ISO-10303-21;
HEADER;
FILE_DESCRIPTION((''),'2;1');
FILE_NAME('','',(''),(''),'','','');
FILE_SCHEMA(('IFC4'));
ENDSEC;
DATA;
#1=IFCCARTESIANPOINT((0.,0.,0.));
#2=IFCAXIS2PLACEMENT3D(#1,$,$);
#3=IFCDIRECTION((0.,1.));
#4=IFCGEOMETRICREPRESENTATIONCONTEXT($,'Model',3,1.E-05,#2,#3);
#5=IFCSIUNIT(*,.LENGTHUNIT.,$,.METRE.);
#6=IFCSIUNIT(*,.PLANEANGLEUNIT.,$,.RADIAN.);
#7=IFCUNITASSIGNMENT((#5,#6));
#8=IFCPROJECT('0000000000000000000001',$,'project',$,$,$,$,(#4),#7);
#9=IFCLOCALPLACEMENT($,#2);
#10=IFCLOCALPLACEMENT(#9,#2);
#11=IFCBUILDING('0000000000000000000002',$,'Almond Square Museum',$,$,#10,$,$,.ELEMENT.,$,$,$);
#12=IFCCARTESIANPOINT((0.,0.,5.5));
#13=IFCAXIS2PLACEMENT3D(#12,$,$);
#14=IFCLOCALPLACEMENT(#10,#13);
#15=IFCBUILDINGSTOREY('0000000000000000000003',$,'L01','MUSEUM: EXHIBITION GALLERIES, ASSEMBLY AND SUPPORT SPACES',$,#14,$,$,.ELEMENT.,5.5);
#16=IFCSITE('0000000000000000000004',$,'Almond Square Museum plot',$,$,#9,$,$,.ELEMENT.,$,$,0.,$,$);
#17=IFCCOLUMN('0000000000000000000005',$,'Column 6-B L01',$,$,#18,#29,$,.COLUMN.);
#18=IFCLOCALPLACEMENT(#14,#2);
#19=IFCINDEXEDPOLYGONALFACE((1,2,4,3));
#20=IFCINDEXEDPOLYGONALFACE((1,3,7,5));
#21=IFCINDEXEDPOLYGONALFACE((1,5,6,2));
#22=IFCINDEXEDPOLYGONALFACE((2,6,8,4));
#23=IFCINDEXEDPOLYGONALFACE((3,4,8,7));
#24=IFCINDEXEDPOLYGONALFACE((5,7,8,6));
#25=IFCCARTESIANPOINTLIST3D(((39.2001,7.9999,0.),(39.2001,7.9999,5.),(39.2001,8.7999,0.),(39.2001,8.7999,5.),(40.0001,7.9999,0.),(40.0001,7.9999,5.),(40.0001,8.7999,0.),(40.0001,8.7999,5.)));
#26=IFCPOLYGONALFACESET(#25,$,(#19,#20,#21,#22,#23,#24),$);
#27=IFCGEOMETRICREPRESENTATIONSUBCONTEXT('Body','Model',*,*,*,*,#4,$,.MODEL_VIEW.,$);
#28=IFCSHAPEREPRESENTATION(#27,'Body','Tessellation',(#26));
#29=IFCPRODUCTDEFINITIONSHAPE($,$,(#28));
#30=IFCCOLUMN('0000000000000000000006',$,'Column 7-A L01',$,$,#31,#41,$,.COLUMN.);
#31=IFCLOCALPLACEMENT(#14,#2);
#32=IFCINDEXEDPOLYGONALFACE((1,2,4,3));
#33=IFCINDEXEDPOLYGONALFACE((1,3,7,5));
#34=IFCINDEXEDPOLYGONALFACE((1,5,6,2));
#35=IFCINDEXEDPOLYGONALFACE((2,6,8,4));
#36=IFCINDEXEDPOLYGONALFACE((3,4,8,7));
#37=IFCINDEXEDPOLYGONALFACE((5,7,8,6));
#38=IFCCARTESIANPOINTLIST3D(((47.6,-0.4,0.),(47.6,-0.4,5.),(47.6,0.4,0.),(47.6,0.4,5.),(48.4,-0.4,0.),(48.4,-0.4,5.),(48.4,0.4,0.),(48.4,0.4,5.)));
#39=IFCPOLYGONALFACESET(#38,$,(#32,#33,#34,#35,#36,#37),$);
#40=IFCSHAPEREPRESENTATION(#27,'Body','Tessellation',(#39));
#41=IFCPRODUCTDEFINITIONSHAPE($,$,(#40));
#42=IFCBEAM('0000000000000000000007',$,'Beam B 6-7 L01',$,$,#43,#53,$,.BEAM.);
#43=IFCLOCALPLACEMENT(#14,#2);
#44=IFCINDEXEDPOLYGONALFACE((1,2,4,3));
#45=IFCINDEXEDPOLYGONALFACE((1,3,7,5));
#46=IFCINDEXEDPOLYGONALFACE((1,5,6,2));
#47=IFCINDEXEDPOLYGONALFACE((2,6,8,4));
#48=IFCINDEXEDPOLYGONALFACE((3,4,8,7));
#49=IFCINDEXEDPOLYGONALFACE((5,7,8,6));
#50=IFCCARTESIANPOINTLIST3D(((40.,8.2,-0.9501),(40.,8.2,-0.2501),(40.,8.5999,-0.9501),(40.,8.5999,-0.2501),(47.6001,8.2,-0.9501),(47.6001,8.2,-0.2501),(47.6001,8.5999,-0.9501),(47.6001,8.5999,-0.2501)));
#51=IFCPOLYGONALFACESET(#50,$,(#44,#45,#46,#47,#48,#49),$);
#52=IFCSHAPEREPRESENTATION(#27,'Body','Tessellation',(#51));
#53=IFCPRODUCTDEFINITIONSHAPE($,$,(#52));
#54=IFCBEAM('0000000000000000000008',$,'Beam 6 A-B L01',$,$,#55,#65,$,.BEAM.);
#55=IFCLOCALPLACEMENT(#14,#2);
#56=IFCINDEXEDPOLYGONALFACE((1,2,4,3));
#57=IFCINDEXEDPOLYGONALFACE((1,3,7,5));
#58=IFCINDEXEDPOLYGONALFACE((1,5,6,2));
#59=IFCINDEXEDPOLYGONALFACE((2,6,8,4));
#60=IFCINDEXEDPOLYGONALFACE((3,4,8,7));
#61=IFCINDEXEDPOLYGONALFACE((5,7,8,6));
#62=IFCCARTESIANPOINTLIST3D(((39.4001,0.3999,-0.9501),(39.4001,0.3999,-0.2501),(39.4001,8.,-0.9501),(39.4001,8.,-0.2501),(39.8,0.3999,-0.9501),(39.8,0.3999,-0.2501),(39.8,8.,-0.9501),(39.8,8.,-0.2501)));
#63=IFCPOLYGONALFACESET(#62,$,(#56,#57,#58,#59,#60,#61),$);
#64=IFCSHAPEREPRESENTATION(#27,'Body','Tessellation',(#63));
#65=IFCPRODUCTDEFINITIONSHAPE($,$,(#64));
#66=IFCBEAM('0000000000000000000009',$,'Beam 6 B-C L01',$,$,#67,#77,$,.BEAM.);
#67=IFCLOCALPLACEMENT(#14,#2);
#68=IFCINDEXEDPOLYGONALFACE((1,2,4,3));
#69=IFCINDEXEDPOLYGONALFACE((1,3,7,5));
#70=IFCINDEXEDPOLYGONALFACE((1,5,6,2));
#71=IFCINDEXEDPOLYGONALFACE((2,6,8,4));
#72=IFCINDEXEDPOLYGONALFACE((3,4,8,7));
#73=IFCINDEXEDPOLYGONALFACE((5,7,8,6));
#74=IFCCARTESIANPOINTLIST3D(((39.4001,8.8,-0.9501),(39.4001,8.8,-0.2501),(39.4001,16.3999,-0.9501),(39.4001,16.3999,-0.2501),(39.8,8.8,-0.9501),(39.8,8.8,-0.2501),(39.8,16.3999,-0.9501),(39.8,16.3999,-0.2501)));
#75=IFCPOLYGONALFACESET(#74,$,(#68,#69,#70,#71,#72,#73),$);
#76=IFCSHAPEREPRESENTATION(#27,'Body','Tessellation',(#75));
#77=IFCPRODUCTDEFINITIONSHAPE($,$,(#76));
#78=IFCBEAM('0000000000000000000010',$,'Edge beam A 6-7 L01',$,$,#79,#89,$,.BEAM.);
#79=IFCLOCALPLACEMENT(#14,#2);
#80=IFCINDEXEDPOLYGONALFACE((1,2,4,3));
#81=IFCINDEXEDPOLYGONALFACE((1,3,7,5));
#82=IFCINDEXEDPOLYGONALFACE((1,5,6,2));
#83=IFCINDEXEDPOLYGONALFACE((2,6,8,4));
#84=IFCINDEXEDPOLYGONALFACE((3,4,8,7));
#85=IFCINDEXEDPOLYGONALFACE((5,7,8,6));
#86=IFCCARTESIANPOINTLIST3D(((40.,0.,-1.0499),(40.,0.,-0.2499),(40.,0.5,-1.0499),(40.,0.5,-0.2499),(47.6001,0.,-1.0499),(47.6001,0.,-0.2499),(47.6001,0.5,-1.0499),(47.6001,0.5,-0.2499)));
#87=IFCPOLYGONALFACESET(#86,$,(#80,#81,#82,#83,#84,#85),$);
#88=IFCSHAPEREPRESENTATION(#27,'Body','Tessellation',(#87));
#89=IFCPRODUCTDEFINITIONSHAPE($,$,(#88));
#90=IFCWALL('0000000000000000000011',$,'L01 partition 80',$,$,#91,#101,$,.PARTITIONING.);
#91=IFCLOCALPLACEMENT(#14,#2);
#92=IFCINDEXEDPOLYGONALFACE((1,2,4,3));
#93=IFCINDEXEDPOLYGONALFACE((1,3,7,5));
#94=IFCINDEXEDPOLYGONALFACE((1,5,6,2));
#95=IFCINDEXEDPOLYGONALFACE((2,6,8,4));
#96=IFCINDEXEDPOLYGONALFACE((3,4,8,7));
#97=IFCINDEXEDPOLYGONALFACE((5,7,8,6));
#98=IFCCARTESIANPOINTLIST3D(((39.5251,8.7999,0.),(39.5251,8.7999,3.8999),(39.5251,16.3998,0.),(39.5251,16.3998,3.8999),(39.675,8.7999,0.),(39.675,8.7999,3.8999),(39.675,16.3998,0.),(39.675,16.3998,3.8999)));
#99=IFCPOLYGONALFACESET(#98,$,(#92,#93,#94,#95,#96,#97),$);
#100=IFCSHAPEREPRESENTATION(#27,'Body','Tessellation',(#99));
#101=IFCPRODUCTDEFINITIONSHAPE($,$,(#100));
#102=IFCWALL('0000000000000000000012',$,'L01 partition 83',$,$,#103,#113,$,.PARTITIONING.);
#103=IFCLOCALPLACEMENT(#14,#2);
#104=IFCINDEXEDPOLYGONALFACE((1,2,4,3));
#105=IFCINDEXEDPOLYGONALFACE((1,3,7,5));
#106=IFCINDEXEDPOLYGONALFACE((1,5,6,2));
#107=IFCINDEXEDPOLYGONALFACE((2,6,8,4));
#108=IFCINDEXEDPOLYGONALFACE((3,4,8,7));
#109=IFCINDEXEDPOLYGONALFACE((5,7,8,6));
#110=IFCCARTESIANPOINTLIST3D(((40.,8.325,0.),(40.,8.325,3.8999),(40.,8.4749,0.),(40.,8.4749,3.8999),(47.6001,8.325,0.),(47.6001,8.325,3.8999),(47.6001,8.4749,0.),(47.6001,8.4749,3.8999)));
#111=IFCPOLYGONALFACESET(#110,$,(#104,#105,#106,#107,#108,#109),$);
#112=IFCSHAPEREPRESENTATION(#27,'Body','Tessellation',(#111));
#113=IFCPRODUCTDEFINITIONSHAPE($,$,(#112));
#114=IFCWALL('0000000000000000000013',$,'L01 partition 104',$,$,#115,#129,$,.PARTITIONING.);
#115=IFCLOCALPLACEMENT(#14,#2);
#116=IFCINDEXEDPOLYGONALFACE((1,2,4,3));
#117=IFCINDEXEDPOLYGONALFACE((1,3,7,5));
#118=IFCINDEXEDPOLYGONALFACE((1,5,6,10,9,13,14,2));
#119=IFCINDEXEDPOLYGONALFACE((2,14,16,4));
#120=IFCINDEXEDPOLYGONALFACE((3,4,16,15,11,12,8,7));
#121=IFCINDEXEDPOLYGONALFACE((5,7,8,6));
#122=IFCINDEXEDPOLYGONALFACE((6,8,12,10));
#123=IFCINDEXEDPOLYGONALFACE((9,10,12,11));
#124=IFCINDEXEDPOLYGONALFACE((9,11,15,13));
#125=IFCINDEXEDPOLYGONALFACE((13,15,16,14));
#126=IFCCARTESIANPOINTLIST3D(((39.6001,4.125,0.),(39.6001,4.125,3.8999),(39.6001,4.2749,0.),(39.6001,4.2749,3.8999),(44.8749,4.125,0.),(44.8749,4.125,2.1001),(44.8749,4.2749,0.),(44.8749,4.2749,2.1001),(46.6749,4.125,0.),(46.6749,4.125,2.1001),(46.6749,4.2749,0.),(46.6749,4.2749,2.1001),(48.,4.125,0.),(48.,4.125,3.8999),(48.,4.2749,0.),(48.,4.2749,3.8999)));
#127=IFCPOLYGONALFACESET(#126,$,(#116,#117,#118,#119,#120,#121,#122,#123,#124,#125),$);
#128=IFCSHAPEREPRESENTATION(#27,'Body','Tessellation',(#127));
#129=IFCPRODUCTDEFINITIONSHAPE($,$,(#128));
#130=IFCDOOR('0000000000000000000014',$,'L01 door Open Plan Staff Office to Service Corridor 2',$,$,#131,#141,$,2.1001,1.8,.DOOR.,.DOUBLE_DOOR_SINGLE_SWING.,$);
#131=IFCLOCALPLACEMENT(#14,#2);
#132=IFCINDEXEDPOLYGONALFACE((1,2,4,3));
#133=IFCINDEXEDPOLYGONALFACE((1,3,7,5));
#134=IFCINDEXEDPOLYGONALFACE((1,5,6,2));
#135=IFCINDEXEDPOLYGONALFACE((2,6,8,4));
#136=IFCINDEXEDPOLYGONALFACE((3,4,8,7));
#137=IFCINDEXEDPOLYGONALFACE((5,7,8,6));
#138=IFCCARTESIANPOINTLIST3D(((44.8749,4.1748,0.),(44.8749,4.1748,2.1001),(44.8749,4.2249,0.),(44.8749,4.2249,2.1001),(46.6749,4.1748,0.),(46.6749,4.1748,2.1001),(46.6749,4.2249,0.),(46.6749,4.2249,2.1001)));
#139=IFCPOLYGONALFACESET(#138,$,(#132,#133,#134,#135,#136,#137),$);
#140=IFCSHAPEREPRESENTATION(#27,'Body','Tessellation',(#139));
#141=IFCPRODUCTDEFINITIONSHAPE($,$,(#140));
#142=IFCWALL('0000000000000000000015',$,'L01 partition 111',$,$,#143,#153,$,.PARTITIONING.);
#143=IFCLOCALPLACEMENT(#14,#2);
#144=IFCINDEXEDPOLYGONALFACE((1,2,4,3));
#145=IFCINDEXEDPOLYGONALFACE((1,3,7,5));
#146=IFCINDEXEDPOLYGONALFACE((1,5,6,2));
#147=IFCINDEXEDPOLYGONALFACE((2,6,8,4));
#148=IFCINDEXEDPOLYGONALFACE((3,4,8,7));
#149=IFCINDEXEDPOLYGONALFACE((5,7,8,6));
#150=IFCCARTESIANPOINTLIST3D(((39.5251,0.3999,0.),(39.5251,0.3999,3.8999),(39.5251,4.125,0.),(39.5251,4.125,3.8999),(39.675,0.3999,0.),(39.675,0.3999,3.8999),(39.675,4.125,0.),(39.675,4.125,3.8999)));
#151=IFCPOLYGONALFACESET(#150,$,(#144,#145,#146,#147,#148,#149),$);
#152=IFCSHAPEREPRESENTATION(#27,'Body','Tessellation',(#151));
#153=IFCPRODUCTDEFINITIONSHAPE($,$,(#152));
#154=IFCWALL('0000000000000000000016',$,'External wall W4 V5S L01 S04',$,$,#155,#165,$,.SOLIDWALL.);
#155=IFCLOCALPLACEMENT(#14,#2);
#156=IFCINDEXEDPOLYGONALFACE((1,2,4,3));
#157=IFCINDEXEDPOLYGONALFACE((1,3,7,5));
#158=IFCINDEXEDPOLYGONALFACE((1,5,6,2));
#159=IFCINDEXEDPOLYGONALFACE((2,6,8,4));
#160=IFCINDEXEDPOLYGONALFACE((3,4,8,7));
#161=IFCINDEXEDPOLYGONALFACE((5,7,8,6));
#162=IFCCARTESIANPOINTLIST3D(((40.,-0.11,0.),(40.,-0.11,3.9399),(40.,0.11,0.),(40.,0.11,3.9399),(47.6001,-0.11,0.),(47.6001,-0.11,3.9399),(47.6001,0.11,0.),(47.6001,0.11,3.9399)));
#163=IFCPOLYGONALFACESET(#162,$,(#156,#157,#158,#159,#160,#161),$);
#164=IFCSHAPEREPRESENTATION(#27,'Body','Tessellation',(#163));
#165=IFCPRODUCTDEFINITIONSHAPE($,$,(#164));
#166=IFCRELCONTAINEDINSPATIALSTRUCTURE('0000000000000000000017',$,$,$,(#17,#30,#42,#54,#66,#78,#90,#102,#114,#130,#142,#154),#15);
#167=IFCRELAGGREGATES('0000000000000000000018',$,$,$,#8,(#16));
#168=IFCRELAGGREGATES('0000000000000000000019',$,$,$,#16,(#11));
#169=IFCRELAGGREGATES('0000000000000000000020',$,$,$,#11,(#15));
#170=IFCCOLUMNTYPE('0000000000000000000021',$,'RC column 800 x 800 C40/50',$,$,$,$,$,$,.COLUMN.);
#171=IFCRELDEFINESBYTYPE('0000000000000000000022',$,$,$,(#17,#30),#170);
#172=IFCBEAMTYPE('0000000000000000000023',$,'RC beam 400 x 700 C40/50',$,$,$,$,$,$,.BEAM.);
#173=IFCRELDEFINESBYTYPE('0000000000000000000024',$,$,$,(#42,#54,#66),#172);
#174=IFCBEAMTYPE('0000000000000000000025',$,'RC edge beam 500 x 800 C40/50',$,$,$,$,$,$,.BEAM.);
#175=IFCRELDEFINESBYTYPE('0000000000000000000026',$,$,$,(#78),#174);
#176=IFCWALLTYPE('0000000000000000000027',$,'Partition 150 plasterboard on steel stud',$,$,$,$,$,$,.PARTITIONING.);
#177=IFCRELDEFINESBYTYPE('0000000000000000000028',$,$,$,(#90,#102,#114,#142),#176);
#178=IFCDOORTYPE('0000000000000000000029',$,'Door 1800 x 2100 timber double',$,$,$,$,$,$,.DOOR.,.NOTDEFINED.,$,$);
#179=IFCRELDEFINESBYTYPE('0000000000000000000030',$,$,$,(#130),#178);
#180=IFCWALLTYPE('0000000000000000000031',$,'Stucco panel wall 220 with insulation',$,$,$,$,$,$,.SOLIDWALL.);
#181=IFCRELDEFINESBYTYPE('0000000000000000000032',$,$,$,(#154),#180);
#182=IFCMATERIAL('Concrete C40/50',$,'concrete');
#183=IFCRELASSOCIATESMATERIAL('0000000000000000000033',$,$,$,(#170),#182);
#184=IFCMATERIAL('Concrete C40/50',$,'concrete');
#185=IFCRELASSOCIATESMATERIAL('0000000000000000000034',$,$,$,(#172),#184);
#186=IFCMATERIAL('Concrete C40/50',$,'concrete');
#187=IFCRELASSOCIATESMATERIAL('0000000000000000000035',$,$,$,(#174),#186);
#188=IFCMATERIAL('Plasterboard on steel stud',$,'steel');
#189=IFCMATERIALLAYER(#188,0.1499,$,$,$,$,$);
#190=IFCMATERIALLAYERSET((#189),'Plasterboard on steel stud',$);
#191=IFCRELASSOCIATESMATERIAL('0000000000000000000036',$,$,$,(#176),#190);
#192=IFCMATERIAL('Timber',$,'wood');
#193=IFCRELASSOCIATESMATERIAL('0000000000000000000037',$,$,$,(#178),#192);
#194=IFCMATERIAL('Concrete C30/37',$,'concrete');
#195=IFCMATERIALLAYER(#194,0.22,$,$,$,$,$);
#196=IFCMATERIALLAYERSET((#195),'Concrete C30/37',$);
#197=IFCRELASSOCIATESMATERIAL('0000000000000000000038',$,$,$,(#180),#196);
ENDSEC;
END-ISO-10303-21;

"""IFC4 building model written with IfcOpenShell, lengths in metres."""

from ifc_helpers import new_model, si_unit, direction, frame, frame_2d, origin, origin_2d, place, context, subcontext, project, spatial, rectangle, extrude, material, layer, layer_set, material_profile, profile_set, type_object, element, fill, save


model = new_model("IFC4")

# Units and contexts
model_context = context("Model", 3, precision=1e-05, world=origin(), true_north=direction((0.0, 1.0)))
body_context = subcontext(model_context, "Body", "Model", "MODEL_VIEW")
ifc_project = project(units=[si_unit("LENGTHUNIT", "METRE"), si_unit("PLANEANGLEUNIT", "RADIAN")], contexts=[model_context])

# Site, building, storey
site_placement = place(None, origin())
site = spatial("IfcSite", under=ifc_project, at=site_placement, Name="Almond Square Museum plot", CompositionType="ELEMENT", RefElevation=0.0)
building_placement = place(site_placement, origin())
building = spatial("IfcBuilding", under=site, at=building_placement, Name="Almond Square Museum", CompositionType="ELEMENT")
storey_placement = place(building_placement, frame((0.0, 0.0, 5.5)))
storey = spatial("IfcBuildingStorey", under=building, at=storey_placement, Name="L01", Description="MUSEUM: EXHIBITION GALLERIES, ASSEMBLY AND SUPPORT SPACES", CompositionType="ELEMENT", Elevation=5.5)

# Columns
ifc_material_1 = material(Name="Concrete C40/50", Category="concrete")
ifc_material_profile_1 = material_profile(ifc_material_1, rectangle(XDim=0.8, YDim=0.8, at=origin_2d()))
ifc_profile_set_1 = profile_set([ifc_material_profile_1], Name="Concrete C40/50")
column_type = type_object("IfcColumnType", Name="RC column 800 x 800 C40/50", PredefinedType="COLUMN", material=ifc_profile_set_1)
for number, where, z_axis, x_axis, name in (
    (1, (39.6001, 8.3999, 0.0), (0.0, 0.0, 1.0), (1.0, 0.0, 0.0), "Column 6-B L01"),
    (2, (48.0, 0.0, 0.0), (0.0, 0.0, 1.0), (1.0, 0.0, 0.0), "Column 7-A L01"),
):
    element("IfcColumn", number, at=place(storey_placement, frame(where, z_axis=z_axis, x_axis=x_axis)), inside=storey, type_object=column_type, Name=name, PredefinedType="COLUMN", context=body_context, shape_type="SweptSolid", body=[
        extrude(rectangle(XDim=0.8, YDim=0.8, at=origin_2d()), origin(), (0.0, 0.0, 1.0), 5.0),
    ])

# Beams
ifc_material_2 = material(Name="Concrete C40/50", Category="concrete")
ifc_material_profile_2 = material_profile(ifc_material_2, rectangle(XDim=0.3999, YDim=0.7, at=origin_2d()))
ifc_profile_set_2 = profile_set([ifc_material_profile_2], Name="Concrete C40/50")
beam_type_1 = type_object("IfcBeamType", Name="RC beam 400 x 700 C40/50", PredefinedType="BEAM", material=ifc_profile_set_2)
for number, where, z_axis, x_axis, name in (
    (3, (40.0, 8.3999, -0.6001), (1.0, 0.0, 0.0), (0.0, 1.0, 0.0), "Beam B 6-7 L01"),
    (4, (39.6001, 0.3999, -0.6001), (0.0, 1.0, 0.0), (-1.0, 0.0, 0.0), "Beam 6 A-B L01"),
):
    element("IfcBeam", number, at=place(storey_placement, frame(where, z_axis=z_axis, x_axis=x_axis)), inside=storey, type_object=beam_type_1, Name=name, PredefinedType="BEAM", context=body_context, shape_type="SweptSolid", body=[
        extrude(rectangle(XDim=0.3999, YDim=0.7, at=origin_2d()), origin(), (0.0, 0.0, 1.0), 7.6001),
    ])
beam_1_placement = place(storey_placement, frame((39.6001, 8.8, -0.6001), z_axis=(0.0, 1.0, 0.0), x_axis=(-1.0, 0.0, 0.0)))
element("IfcBeam", 5, at=beam_1_placement, inside=storey, type_object=beam_type_1, Name="Beam 6 B-C L01", PredefinedType="BEAM", context=body_context, shape_type="SweptSolid", body=[
    extrude(rectangle(XDim=0.3999, YDim=0.7, at=origin_2d()), origin(), (0.0, 0.0, 1.0), 7.5999),
])
ifc_material_3 = material(Name="Concrete C40/50", Category="concrete")
ifc_material_profile_3 = material_profile(ifc_material_3, rectangle(XDim=0.5, YDim=0.8, at=origin_2d()))
ifc_profile_set_3 = profile_set([ifc_material_profile_3], Name="Concrete C40/50")
beam_type_2 = type_object("IfcBeamType", Name="RC edge beam 500 x 800 C40/50", PredefinedType="BEAM", material=ifc_profile_set_3)
beam_2_placement = place(storey_placement, frame((40.0, 0.25, -0.6499), z_axis=(1.0, 0.0, 0.0), x_axis=(0.0, 1.0, 0.0)))
element("IfcBeam", 6, at=beam_2_placement, inside=storey, type_object=beam_type_2, Name="Edge beam A 6-7 L01", PredefinedType="BEAM", context=body_context, shape_type="SweptSolid", body=[
    extrude(rectangle(XDim=0.5, YDim=0.8, at=origin_2d()), origin(), (0.0, 0.0, 1.0), 7.6001),
])

# Walls
ifc_material_4 = material(Name="Plasterboard on steel stud", Category="steel")
ifc_layer_1 = layer(ifc_material_4, 0.1499)
ifc_layer_set_1 = layer_set([ifc_layer_1], Name="Plasterboard on steel stud")
wall_type_1 = type_object("IfcWallType", Name="Partition 150 plasterboard on steel stud", PredefinedType="PARTITIONING", material=ifc_layer_set_1)
wall_1_placement = place(storey_placement, frame((39.6001, 8.8, 0.0), z_axis=(0.0, 0.0, 1.0), x_axis=(0.0, 1.0, 0.0)))
element("IfcWall", 7, at=wall_1_placement, inside=storey, type_object=wall_type_1, Name="L01 partition 80", PredefinedType="PARTITIONING", context=body_context, shape_type="SweptSolid", body=[
    extrude(rectangle(XDim=7.5999, YDim=0.1499, at=frame_2d((3.7998, 0.0))), origin(), (0.0, 0.0, 1.0), 3.8999),
])
wall_2_placement = place(storey_placement, frame((40.0, 8.3999, 0.0), z_axis=(0.0, 0.0, 1.0), x_axis=(1.0, 0.0, 0.0)))
element("IfcWall", 8, at=wall_2_placement, inside=storey, type_object=wall_type_1, Name="L01 partition 83", PredefinedType="PARTITIONING", context=body_context, shape_type="SweptSolid", body=[
    extrude(rectangle(XDim=7.6001, YDim=0.1499, at=frame_2d((3.8, 0.0))), origin(), (0.0, 0.0, 1.0), 3.8999),
])

# Wall, opening, door
wall_3_placement = place(storey_placement, frame((39.6001, 4.2, 0.0), z_axis=(0.0, 0.0, 1.0), x_axis=(1.0, 0.0, 0.0)))
wall_3 = element("IfcWall", 9, at=wall_3_placement, inside=storey, type_object=wall_type_1, Name="L01 partition 104", PredefinedType="PARTITIONING", context=body_context, shape_type="SweptSolid", body=[
    extrude(rectangle(XDim=8.3999, YDim=0.1499, at=frame_2d((4.2, 0.0))), origin(), (0.0, 0.0, 1.0), 3.8999),
])
opening_placement = place(wall_3_placement, frame((5.2749, 0.0, 0.0)))
opening = element("IfcOpeningElement", 10, at=opening_placement, cuts=wall_3, PredefinedType="OPENING", context=body_context, shape_type="SweptSolid", body=[
    extrude(rectangle(XDim=1.8, YDim=2.1001, at=frame_2d((0.8999, 1.05))), frame((0.0, 0.085, 0.0), z_axis=(0.0, -1.0, 0.0), x_axis=(1.0, 0.0, 0.0)), (0.0, 0.0, 1.0), 0.1699),
])
ifc_material_5 = material(Name="Timber", Category="wood")
door_type = type_object("IfcDoorType", Name="Door 1800 x 2100 timber double", OperationType="NOTDEFINED", PredefinedType="DOOR", material=ifc_material_5)
door_placement = place(opening_placement, origin())
door = element("IfcDoor", 11, at=door_placement, inside=storey, type_object=door_type, Name="L01 door Open Plan Staff Office to Service Corridor 2", OperationType="DOUBLE_DOOR_SINGLE_SWING", OverallHeight=2.1001, OverallWidth=1.8, PredefinedType="DOOR", context=body_context, shape_type="SweptSolid", body=[
    extrude(rectangle(XDim=1.8, YDim=2.1001, at=frame_2d((0.8999, 1.05))), frame((0.0, 0.0249, 0.0), z_axis=(0.0, -1.0, 0.0), x_axis=(1.0, 0.0, 0.0)), (0.0, 0.0, 1.0), 0.05),
])
fill(opening, door)

# Walls
wall_4_placement = place(storey_placement, frame((39.6001, 0.3999, 0.0), z_axis=(0.0, 0.0, 1.0), x_axis=(0.0, 1.0, 0.0)))
element("IfcWall", 12, at=wall_4_placement, inside=storey, type_object=wall_type_1, Name="L01 partition 111", PredefinedType="PARTITIONING", context=body_context, shape_type="SweptSolid", body=[
    extrude(rectangle(XDim=3.7251, YDim=0.1499, at=frame_2d((1.8625, 0.0))), origin(), (0.0, 0.0, 1.0), 3.8999),
])
ifc_material_6 = material(Name="Concrete C30/37", Category="concrete")
ifc_layer_2 = layer(ifc_material_6, 0.22)
ifc_layer_set_2 = layer_set([ifc_layer_2], Name="Concrete C30/37")
wall_type_2 = type_object("IfcWallType", Name="Stucco panel wall 220 with insulation", PredefinedType="SOLIDWALL", material=ifc_layer_set_2)
wall_5_placement = place(storey_placement, frame((40.0, 0.0, 0.0), z_axis=(0.0, 0.0, 1.0), x_axis=(1.0, 0.0, 0.0)))
element("IfcWall", 13, at=wall_5_placement, inside=storey, type_object=wall_type_2, Name="External wall W4 V5S L01 S04", PredefinedType="SOLIDWALL", context=body_context, shape_type="SweptSolid", body=[
    extrude(rectangle(XDim=7.6001, YDim=0.22, at=frame_2d((3.8, 0.0))), origin(), (0.0, 0.0, 1.0), 3.9399),
])

save(model, "model.ifc")
